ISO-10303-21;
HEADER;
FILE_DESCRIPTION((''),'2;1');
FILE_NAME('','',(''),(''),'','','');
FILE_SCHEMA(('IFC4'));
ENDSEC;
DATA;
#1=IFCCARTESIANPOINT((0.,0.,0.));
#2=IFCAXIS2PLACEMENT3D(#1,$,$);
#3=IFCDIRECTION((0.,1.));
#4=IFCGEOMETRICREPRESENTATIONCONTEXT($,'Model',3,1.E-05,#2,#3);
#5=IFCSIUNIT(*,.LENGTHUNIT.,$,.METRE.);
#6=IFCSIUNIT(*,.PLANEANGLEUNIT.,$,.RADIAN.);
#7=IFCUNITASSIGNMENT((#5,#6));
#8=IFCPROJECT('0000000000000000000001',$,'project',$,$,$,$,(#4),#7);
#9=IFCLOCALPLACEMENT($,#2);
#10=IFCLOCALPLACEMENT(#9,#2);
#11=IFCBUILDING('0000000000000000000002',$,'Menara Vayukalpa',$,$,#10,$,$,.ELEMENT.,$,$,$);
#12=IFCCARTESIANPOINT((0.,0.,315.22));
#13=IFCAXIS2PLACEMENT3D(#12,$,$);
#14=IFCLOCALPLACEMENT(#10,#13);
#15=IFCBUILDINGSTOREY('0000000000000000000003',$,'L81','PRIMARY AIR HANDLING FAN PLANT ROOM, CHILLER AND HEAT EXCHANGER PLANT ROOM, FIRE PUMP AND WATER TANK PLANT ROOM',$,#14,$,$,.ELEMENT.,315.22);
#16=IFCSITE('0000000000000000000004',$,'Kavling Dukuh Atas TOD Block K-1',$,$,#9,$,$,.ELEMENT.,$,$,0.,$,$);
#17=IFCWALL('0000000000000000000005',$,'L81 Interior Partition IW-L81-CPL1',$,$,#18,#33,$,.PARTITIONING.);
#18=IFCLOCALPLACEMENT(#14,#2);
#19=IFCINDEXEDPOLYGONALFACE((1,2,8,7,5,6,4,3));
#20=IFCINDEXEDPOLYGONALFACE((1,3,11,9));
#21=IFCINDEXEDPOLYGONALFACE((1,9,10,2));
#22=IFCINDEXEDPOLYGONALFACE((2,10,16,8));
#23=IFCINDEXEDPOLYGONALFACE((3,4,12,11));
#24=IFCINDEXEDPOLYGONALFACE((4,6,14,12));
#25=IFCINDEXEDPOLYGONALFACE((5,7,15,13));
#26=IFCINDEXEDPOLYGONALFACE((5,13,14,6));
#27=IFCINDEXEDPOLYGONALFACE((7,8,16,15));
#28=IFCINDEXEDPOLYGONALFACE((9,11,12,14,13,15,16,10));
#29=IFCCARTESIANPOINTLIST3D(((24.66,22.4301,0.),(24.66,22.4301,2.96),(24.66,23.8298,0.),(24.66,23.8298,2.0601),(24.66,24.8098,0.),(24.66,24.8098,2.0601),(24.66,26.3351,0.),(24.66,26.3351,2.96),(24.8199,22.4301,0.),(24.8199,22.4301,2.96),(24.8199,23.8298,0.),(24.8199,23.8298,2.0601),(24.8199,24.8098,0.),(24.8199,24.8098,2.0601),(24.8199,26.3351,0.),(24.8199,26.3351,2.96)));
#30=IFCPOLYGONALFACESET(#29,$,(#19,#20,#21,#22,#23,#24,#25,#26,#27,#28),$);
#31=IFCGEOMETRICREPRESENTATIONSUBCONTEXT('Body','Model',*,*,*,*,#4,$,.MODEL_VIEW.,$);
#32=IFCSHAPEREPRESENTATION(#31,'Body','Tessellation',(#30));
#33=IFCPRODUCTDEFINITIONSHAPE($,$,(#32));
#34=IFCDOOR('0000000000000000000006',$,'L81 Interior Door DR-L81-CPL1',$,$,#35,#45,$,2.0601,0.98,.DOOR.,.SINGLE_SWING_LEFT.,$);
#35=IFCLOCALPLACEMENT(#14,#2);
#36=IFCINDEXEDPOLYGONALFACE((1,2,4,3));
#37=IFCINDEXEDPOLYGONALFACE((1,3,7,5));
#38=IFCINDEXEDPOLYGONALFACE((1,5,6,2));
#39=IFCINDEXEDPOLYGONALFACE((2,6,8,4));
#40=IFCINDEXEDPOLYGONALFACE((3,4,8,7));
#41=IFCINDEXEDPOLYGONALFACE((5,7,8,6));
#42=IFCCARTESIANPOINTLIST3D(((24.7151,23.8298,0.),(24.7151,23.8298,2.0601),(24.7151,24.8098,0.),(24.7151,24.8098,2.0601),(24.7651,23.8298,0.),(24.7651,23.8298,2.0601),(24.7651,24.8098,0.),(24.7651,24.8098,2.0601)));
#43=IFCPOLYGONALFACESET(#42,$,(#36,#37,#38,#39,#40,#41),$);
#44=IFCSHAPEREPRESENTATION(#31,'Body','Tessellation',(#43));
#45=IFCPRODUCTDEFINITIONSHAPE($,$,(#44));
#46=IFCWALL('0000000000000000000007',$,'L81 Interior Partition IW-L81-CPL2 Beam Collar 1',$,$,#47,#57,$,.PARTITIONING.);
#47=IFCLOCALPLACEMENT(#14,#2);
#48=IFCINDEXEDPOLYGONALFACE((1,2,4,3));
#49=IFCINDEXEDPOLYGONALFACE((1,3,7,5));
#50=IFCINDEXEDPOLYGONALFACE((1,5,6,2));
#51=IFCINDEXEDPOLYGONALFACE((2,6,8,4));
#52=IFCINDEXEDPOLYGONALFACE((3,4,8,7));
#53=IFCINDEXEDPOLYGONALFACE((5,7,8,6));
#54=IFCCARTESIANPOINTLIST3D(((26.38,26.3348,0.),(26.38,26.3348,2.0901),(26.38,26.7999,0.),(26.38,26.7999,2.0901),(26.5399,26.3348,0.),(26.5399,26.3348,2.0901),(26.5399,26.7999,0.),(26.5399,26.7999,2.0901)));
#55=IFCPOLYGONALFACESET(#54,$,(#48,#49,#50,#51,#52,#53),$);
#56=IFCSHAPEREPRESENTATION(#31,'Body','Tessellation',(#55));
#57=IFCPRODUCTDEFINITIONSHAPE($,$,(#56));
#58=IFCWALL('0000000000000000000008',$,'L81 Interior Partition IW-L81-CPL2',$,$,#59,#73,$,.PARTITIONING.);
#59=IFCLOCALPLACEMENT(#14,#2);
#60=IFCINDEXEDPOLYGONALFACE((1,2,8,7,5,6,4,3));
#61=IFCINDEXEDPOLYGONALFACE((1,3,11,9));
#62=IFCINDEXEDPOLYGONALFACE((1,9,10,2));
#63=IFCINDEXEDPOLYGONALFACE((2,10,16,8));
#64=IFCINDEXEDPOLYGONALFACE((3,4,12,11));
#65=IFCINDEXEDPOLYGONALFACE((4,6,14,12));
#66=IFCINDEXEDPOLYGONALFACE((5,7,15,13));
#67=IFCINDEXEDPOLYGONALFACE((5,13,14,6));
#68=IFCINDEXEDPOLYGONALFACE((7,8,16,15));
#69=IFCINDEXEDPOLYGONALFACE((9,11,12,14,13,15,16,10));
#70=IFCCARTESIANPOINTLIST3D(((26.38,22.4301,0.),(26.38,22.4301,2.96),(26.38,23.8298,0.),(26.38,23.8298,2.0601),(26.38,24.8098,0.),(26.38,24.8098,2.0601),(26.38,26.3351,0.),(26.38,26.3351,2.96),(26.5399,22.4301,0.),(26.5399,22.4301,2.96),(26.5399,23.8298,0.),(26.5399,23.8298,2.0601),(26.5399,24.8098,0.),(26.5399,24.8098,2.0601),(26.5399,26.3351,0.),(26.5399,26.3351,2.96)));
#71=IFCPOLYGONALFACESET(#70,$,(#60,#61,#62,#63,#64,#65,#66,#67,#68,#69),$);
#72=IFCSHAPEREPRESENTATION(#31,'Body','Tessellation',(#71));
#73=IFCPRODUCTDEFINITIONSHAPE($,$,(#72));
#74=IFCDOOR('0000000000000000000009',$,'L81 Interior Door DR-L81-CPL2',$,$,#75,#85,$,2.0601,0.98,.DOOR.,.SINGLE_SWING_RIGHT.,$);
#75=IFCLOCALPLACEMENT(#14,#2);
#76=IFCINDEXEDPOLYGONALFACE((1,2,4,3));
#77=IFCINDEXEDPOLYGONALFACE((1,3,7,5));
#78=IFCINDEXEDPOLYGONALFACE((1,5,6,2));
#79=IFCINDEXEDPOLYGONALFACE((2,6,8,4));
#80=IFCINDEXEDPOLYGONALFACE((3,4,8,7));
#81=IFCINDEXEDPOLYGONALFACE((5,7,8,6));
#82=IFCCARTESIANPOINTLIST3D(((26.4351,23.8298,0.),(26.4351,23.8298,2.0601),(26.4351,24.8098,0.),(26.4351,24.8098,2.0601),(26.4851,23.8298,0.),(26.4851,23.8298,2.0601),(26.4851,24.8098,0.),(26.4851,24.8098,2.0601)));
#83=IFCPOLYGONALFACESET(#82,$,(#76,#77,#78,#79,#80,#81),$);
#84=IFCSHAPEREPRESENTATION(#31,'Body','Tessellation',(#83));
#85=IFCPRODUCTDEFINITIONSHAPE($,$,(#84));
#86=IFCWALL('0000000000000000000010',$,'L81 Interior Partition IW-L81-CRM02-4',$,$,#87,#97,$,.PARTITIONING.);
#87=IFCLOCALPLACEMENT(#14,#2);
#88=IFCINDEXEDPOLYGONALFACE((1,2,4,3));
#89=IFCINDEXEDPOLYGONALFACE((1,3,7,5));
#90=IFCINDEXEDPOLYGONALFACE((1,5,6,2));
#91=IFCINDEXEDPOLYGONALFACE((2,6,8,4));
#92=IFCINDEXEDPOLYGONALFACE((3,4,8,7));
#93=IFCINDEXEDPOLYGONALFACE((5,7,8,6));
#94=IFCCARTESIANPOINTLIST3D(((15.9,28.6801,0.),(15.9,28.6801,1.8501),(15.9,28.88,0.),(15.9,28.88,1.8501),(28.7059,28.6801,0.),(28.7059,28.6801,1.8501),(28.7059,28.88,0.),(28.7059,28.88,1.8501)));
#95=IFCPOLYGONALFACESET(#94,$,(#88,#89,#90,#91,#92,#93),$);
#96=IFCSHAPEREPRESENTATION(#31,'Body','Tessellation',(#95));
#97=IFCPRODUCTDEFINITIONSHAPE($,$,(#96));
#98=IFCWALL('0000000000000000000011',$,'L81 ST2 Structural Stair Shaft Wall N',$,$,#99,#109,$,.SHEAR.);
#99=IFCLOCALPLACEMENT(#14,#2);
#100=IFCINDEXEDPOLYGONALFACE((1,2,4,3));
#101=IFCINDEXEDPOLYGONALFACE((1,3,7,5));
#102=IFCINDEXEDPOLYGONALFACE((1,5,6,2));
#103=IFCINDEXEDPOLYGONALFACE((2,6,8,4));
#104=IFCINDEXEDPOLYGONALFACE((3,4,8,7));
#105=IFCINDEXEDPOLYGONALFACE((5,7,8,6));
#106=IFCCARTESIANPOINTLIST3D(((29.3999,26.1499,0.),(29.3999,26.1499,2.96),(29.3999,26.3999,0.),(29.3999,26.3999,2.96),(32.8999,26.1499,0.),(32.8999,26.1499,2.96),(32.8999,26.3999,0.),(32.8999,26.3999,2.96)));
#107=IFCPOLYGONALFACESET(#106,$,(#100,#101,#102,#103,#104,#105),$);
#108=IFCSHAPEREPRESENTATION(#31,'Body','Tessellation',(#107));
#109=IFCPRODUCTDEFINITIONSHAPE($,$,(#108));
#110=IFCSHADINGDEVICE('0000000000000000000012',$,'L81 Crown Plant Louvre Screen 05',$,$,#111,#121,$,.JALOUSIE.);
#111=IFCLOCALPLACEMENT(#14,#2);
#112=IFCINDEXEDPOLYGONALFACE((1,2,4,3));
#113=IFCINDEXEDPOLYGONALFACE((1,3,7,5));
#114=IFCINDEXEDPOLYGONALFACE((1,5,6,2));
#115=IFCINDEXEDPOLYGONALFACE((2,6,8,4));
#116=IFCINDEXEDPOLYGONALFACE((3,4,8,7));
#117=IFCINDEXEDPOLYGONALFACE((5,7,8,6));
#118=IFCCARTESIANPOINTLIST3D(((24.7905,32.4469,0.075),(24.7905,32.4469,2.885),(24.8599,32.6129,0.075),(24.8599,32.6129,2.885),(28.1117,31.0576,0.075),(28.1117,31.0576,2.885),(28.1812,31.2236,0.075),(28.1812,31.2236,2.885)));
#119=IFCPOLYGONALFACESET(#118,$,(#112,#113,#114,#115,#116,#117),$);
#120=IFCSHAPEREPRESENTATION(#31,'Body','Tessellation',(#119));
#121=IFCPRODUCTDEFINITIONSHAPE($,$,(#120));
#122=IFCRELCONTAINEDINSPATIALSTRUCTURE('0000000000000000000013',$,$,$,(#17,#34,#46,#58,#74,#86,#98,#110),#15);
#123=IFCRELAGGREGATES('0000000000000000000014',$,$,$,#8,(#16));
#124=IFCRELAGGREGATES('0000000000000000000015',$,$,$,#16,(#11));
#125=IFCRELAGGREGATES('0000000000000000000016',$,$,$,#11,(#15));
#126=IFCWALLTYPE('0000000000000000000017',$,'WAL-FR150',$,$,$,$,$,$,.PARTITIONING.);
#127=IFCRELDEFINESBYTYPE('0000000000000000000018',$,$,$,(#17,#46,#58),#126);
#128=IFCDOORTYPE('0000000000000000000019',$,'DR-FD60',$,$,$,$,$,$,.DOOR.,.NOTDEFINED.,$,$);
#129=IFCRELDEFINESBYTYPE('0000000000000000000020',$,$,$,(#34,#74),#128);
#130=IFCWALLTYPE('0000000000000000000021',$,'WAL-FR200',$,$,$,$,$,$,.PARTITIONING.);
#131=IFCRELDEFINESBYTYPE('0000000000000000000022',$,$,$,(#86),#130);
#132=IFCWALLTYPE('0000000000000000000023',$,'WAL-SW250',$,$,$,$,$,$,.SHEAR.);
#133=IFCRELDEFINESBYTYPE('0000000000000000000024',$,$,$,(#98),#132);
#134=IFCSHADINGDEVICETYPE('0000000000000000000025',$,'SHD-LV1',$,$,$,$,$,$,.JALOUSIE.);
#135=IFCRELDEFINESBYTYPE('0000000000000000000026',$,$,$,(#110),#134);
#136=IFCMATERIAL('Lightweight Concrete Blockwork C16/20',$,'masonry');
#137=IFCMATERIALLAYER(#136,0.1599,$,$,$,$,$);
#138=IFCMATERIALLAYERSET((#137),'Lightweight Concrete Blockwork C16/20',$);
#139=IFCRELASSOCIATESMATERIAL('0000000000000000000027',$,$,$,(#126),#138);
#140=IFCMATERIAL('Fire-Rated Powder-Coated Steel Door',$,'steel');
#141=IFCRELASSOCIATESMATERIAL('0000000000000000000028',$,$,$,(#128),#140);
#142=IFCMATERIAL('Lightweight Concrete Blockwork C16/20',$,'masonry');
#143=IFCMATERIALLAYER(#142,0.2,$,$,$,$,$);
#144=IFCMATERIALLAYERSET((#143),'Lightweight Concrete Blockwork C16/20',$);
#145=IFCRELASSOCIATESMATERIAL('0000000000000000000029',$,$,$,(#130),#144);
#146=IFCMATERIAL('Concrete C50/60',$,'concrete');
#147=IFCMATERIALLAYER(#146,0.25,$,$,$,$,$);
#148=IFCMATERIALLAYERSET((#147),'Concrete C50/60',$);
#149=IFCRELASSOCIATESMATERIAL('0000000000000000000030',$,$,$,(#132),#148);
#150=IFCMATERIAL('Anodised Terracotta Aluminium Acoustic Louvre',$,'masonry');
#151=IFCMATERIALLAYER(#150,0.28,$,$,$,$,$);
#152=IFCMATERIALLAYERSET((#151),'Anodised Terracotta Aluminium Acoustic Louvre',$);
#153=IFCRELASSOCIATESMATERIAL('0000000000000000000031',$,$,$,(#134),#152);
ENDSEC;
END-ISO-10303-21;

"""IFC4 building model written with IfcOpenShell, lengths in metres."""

from ifc_helpers import new_model, si_unit, direction, frame, frame_2d, origin, origin_2d, place, context, subcontext, project, spatial, rectangle, extrude, material, layer, layer_set, type_object, element, fill, save


model = new_model("IFC4")

# Units and contexts
model_context = context("Model", 3, precision=1e-05, world=origin(), true_north=direction((0.0, 1.0)))
body_context = subcontext(model_context, "Body", "Model", "MODEL_VIEW")
ifc_project = project(units=[si_unit("LENGTHUNIT", "METRE"), si_unit("PLANEANGLEUNIT", "RADIAN")], contexts=[model_context])

# Site, building, storey
site_placement = place(None, origin())
site = spatial("IfcSite", under=ifc_project, at=site_placement, Name="Kavling Dukuh Atas TOD Block K-1", CompositionType="ELEMENT", RefElevation=0.0)
building_placement = place(site_placement, origin())
building = spatial("IfcBuilding", under=site, at=building_placement, Name="Menara Vayukalpa", CompositionType="ELEMENT")
storey_placement = place(building_placement, frame((0.0, 0.0, 315.22)))
storey = spatial("IfcBuildingStorey", under=building, at=storey_placement, Name="L81", Description="PRIMARY AIR HANDLING FAN PLANT ROOM, CHILLER AND HEAT EXCHANGER PLANT ROOM, FIRE PUMP AND WATER TANK PLANT ROOM", CompositionType="ELEMENT", Elevation=315.22)

# Shared definitions
ifc_material_1 = material(Name="Lightweight Concrete Blockwork C16/20", Category="masonry")
ifc_layer_1 = layer(ifc_material_1, 0.1599)
ifc_layer_set_1 = layer_set([ifc_layer_1], Name="Lightweight Concrete Blockwork C16/20")
wall_type_1 = type_object("IfcWallType", Name="WAL-FR150", PredefinedType="PARTITIONING", material=ifc_layer_set_1)

# Wall, opening, door
wall_1_placement = place(storey_placement, frame((24.74, 22.4299, 0.0), z_axis=(0.0, 0.0, 1.0), x_axis=(0.0, 1.0, 0.0)))
wall_1 = element("IfcWall", 1, at=wall_1_placement, inside=storey, type_object=wall_type_1, Name="L81 Interior Partition IW-L81-CPL1", PredefinedType="PARTITIONING", context=body_context, shape_type="SweptSolid", body=[
    extrude(rectangle(XDim=3.905, YDim=0.1599, at=frame_2d((1.9526, 0.0))), origin(), (0.0, 0.0, 1.0), 2.96),
])
opening_1_placement = place(wall_1_placement, frame((1.3999, 0.0, 0.0)))
opening_1 = element("IfcOpeningElement", 2, at=opening_1_placement, cuts=wall_1, PredefinedType="OPENING", context=body_context, shape_type="SweptSolid", body=[
    extrude(rectangle(XDim=0.98, YDim=2.0601, at=frame_2d((0.49, 1.03))), frame((0.0, 0.0898, 0.0), z_axis=(0.0, -1.0, 0.0), x_axis=(1.0, 0.0, 0.0)), (0.0, 0.0, 1.0), 0.1799),
])
ifc_material_2 = material(Name="Fire-Rated Powder-Coated Steel Door", Category="steel")
door_type = type_object("IfcDoorType", Name="DR-FD60", OperationType="NOTDEFINED", PredefinedType="DOOR", material=ifc_material_2)
door_1_placement = place(opening_1_placement, origin())
door_1 = element("IfcDoor", 3, at=door_1_placement, inside=storey, type_object=door_type, Name="L81 Interior Door DR-L81-CPL1", OperationType="SINGLE_SWING_LEFT", OverallHeight=2.0601, OverallWidth=0.98, PredefinedType="DOOR", context=body_context, shape_type="SweptSolid", body=[
    extrude(rectangle(XDim=0.98, YDim=2.0601, at=frame_2d((0.49, 1.03))), frame((0.0, 0.0249, 0.0), z_axis=(0.0, -1.0, 0.0), x_axis=(1.0, 0.0, 0.0)), (0.0, 0.0, 1.0), 0.05),
])
fill(opening_1, door_1)

# Wall
wall_2_placement = place(storey_placement, frame((26.46, 26.335, 0.0), z_axis=(0.0, 0.0, 1.0), x_axis=(0.0, 1.0, 0.0)))
element("IfcWall", 4, at=wall_2_placement, inside=storey, type_object=wall_type_1, Name="L81 Interior Partition IW-L81-CPL2 Beam Collar 1", PredefinedType="PARTITIONING", context=body_context, shape_type="SweptSolid", body=[
    extrude(rectangle(XDim=0.4651, YDim=0.1599, at=frame_2d((0.2324, 0.0))), origin(), (0.0, 0.0, 1.0), 2.0901),
])

# Wall, opening, door
wall_3_placement = place(storey_placement, frame((26.46, 22.4299, 0.0), z_axis=(0.0, 0.0, 1.0), x_axis=(0.0, 1.0, 0.0)))
wall_3 = element("IfcWall", 5, at=wall_3_placement, inside=storey, type_object=wall_type_1, Name="L81 Interior Partition IW-L81-CPL2", PredefinedType="PARTITIONING", context=body_context, shape_type="SweptSolid", body=[
    extrude(rectangle(XDim=3.905, YDim=0.1599, at=frame_2d((1.9526, 0.0))), origin(), (0.0, 0.0, 1.0), 2.96),
])
opening_2_placement = place(wall_3_placement, frame((1.3999, 0.0, 0.0)))
opening_2 = element("IfcOpeningElement", 6, at=opening_2_placement, cuts=wall_3, PredefinedType="OPENING", context=body_context, shape_type="SweptSolid", body=[
    extrude(rectangle(XDim=0.98, YDim=2.0601, at=frame_2d((0.49, 1.03))), frame((0.0, 0.0898, 0.0), z_axis=(0.0, -1.0, 0.0), x_axis=(1.0, 0.0, 0.0)), (0.0, 0.0, 1.0), 0.1799),
])
door_2_placement = place(opening_2_placement, origin())
door_2 = element("IfcDoor", 7, at=door_2_placement, inside=storey, type_object=door_type, Name="L81 Interior Door DR-L81-CPL2", OperationType="SINGLE_SWING_RIGHT", OverallHeight=2.0601, OverallWidth=0.98, PredefinedType="DOOR", context=body_context, shape_type="SweptSolid", body=[
    extrude(rectangle(XDim=0.98, YDim=2.0601, at=frame_2d((0.49, 1.03))), frame((0.0, 0.0249, 0.0), z_axis=(0.0, -1.0, 0.0), x_axis=(1.0, 0.0, 0.0)), (0.0, 0.0, 1.0), 0.05),
])
fill(opening_2, door_2)

# Walls
ifc_material_3 = material(Name="Lightweight Concrete Blockwork C16/20", Category="masonry")
ifc_layer_2 = layer(ifc_material_3, 0.2)
ifc_layer_set_2 = layer_set([ifc_layer_2], Name="Lightweight Concrete Blockwork C16/20")
wall_type_2 = type_object("IfcWallType", Name="WAL-FR200", PredefinedType="PARTITIONING", material=ifc_layer_set_2)
wall_4_placement = place(storey_placement, frame((28.7058, 28.78, 0.0), z_axis=(0.0, 0.0, 1.0), x_axis=(-1.0, 0.0, 0.0)))
element("IfcWall", 8, at=wall_4_placement, inside=storey, type_object=wall_type_2, Name="L81 Interior Partition IW-L81-CRM02-4", PredefinedType="PARTITIONING", context=body_context, shape_type="SweptSolid", body=[
    extrude(rectangle(XDim=12.8059, YDim=0.2, at=frame_2d((6.4028, 0.0))), origin(), (0.0, 0.0, 1.0), 1.8501),
])
ifc_material_4 = material(Name="Concrete C50/60", Category="concrete")
ifc_layer_3 = layer(ifc_material_4, 0.25)
ifc_layer_set_3 = layer_set([ifc_layer_3], Name="Concrete C50/60")
wall_type_3 = type_object("IfcWallType", Name="WAL-SW250", PredefinedType="SHEAR", material=ifc_layer_set_3)
wall_5_placement = place(storey_placement, frame((29.3999, 26.2749, 0.0), z_axis=(0.0, 0.0, 1.0), x_axis=(1.0, 0.0, 0.0)))
element("IfcWall", 9, at=wall_5_placement, inside=storey, type_object=wall_type_3, Name="L81 ST2 Structural Stair Shaft Wall N", PredefinedType="SHEAR", context=body_context, shape_type="SweptSolid", body=[
    extrude(rectangle(XDim=3.5, YDim=0.25, at=frame_2d((1.75, 0.0))), origin(), (0.0, 0.0, 1.0), 2.96),
])

# Shading device
ifc_material_5 = material(Name="Anodised Terracotta Aluminium Acoustic Louvre", Category="masonry")
ifc_layer_4 = layer(ifc_material_5, 0.28)
ifc_layer_set_4 = layer_set([ifc_layer_4], Name="Anodised Terracotta Aluminium Acoustic Louvre")
shading_device_type = type_object("IfcShadingDeviceType", Name="SHD-LV1", PredefinedType="JALOUSIE", material=ifc_layer_set_4)
shading_device_placement = place(storey_placement, frame((26.4858, 31.8352, 0.075), z_axis=(0.0, 0.0, 1.0), x_axis=(-0.922538, 0.385906, 0.0)))
element("IfcShadingDevice", 10, at=shading_device_placement, inside=storey, type_object=shading_device_type, Name="L81 Crown Plant Louvre Screen 05", PredefinedType="JALOUSIE", context=body_context, shape_type="SweptSolid", body=[
    extrude(rectangle(XDim=3.6001, YDim=0.1799, at=origin_2d()), origin(), (0.0, 0.0, 1.0), 2.8101),
])

save(model, "model.ifc")
